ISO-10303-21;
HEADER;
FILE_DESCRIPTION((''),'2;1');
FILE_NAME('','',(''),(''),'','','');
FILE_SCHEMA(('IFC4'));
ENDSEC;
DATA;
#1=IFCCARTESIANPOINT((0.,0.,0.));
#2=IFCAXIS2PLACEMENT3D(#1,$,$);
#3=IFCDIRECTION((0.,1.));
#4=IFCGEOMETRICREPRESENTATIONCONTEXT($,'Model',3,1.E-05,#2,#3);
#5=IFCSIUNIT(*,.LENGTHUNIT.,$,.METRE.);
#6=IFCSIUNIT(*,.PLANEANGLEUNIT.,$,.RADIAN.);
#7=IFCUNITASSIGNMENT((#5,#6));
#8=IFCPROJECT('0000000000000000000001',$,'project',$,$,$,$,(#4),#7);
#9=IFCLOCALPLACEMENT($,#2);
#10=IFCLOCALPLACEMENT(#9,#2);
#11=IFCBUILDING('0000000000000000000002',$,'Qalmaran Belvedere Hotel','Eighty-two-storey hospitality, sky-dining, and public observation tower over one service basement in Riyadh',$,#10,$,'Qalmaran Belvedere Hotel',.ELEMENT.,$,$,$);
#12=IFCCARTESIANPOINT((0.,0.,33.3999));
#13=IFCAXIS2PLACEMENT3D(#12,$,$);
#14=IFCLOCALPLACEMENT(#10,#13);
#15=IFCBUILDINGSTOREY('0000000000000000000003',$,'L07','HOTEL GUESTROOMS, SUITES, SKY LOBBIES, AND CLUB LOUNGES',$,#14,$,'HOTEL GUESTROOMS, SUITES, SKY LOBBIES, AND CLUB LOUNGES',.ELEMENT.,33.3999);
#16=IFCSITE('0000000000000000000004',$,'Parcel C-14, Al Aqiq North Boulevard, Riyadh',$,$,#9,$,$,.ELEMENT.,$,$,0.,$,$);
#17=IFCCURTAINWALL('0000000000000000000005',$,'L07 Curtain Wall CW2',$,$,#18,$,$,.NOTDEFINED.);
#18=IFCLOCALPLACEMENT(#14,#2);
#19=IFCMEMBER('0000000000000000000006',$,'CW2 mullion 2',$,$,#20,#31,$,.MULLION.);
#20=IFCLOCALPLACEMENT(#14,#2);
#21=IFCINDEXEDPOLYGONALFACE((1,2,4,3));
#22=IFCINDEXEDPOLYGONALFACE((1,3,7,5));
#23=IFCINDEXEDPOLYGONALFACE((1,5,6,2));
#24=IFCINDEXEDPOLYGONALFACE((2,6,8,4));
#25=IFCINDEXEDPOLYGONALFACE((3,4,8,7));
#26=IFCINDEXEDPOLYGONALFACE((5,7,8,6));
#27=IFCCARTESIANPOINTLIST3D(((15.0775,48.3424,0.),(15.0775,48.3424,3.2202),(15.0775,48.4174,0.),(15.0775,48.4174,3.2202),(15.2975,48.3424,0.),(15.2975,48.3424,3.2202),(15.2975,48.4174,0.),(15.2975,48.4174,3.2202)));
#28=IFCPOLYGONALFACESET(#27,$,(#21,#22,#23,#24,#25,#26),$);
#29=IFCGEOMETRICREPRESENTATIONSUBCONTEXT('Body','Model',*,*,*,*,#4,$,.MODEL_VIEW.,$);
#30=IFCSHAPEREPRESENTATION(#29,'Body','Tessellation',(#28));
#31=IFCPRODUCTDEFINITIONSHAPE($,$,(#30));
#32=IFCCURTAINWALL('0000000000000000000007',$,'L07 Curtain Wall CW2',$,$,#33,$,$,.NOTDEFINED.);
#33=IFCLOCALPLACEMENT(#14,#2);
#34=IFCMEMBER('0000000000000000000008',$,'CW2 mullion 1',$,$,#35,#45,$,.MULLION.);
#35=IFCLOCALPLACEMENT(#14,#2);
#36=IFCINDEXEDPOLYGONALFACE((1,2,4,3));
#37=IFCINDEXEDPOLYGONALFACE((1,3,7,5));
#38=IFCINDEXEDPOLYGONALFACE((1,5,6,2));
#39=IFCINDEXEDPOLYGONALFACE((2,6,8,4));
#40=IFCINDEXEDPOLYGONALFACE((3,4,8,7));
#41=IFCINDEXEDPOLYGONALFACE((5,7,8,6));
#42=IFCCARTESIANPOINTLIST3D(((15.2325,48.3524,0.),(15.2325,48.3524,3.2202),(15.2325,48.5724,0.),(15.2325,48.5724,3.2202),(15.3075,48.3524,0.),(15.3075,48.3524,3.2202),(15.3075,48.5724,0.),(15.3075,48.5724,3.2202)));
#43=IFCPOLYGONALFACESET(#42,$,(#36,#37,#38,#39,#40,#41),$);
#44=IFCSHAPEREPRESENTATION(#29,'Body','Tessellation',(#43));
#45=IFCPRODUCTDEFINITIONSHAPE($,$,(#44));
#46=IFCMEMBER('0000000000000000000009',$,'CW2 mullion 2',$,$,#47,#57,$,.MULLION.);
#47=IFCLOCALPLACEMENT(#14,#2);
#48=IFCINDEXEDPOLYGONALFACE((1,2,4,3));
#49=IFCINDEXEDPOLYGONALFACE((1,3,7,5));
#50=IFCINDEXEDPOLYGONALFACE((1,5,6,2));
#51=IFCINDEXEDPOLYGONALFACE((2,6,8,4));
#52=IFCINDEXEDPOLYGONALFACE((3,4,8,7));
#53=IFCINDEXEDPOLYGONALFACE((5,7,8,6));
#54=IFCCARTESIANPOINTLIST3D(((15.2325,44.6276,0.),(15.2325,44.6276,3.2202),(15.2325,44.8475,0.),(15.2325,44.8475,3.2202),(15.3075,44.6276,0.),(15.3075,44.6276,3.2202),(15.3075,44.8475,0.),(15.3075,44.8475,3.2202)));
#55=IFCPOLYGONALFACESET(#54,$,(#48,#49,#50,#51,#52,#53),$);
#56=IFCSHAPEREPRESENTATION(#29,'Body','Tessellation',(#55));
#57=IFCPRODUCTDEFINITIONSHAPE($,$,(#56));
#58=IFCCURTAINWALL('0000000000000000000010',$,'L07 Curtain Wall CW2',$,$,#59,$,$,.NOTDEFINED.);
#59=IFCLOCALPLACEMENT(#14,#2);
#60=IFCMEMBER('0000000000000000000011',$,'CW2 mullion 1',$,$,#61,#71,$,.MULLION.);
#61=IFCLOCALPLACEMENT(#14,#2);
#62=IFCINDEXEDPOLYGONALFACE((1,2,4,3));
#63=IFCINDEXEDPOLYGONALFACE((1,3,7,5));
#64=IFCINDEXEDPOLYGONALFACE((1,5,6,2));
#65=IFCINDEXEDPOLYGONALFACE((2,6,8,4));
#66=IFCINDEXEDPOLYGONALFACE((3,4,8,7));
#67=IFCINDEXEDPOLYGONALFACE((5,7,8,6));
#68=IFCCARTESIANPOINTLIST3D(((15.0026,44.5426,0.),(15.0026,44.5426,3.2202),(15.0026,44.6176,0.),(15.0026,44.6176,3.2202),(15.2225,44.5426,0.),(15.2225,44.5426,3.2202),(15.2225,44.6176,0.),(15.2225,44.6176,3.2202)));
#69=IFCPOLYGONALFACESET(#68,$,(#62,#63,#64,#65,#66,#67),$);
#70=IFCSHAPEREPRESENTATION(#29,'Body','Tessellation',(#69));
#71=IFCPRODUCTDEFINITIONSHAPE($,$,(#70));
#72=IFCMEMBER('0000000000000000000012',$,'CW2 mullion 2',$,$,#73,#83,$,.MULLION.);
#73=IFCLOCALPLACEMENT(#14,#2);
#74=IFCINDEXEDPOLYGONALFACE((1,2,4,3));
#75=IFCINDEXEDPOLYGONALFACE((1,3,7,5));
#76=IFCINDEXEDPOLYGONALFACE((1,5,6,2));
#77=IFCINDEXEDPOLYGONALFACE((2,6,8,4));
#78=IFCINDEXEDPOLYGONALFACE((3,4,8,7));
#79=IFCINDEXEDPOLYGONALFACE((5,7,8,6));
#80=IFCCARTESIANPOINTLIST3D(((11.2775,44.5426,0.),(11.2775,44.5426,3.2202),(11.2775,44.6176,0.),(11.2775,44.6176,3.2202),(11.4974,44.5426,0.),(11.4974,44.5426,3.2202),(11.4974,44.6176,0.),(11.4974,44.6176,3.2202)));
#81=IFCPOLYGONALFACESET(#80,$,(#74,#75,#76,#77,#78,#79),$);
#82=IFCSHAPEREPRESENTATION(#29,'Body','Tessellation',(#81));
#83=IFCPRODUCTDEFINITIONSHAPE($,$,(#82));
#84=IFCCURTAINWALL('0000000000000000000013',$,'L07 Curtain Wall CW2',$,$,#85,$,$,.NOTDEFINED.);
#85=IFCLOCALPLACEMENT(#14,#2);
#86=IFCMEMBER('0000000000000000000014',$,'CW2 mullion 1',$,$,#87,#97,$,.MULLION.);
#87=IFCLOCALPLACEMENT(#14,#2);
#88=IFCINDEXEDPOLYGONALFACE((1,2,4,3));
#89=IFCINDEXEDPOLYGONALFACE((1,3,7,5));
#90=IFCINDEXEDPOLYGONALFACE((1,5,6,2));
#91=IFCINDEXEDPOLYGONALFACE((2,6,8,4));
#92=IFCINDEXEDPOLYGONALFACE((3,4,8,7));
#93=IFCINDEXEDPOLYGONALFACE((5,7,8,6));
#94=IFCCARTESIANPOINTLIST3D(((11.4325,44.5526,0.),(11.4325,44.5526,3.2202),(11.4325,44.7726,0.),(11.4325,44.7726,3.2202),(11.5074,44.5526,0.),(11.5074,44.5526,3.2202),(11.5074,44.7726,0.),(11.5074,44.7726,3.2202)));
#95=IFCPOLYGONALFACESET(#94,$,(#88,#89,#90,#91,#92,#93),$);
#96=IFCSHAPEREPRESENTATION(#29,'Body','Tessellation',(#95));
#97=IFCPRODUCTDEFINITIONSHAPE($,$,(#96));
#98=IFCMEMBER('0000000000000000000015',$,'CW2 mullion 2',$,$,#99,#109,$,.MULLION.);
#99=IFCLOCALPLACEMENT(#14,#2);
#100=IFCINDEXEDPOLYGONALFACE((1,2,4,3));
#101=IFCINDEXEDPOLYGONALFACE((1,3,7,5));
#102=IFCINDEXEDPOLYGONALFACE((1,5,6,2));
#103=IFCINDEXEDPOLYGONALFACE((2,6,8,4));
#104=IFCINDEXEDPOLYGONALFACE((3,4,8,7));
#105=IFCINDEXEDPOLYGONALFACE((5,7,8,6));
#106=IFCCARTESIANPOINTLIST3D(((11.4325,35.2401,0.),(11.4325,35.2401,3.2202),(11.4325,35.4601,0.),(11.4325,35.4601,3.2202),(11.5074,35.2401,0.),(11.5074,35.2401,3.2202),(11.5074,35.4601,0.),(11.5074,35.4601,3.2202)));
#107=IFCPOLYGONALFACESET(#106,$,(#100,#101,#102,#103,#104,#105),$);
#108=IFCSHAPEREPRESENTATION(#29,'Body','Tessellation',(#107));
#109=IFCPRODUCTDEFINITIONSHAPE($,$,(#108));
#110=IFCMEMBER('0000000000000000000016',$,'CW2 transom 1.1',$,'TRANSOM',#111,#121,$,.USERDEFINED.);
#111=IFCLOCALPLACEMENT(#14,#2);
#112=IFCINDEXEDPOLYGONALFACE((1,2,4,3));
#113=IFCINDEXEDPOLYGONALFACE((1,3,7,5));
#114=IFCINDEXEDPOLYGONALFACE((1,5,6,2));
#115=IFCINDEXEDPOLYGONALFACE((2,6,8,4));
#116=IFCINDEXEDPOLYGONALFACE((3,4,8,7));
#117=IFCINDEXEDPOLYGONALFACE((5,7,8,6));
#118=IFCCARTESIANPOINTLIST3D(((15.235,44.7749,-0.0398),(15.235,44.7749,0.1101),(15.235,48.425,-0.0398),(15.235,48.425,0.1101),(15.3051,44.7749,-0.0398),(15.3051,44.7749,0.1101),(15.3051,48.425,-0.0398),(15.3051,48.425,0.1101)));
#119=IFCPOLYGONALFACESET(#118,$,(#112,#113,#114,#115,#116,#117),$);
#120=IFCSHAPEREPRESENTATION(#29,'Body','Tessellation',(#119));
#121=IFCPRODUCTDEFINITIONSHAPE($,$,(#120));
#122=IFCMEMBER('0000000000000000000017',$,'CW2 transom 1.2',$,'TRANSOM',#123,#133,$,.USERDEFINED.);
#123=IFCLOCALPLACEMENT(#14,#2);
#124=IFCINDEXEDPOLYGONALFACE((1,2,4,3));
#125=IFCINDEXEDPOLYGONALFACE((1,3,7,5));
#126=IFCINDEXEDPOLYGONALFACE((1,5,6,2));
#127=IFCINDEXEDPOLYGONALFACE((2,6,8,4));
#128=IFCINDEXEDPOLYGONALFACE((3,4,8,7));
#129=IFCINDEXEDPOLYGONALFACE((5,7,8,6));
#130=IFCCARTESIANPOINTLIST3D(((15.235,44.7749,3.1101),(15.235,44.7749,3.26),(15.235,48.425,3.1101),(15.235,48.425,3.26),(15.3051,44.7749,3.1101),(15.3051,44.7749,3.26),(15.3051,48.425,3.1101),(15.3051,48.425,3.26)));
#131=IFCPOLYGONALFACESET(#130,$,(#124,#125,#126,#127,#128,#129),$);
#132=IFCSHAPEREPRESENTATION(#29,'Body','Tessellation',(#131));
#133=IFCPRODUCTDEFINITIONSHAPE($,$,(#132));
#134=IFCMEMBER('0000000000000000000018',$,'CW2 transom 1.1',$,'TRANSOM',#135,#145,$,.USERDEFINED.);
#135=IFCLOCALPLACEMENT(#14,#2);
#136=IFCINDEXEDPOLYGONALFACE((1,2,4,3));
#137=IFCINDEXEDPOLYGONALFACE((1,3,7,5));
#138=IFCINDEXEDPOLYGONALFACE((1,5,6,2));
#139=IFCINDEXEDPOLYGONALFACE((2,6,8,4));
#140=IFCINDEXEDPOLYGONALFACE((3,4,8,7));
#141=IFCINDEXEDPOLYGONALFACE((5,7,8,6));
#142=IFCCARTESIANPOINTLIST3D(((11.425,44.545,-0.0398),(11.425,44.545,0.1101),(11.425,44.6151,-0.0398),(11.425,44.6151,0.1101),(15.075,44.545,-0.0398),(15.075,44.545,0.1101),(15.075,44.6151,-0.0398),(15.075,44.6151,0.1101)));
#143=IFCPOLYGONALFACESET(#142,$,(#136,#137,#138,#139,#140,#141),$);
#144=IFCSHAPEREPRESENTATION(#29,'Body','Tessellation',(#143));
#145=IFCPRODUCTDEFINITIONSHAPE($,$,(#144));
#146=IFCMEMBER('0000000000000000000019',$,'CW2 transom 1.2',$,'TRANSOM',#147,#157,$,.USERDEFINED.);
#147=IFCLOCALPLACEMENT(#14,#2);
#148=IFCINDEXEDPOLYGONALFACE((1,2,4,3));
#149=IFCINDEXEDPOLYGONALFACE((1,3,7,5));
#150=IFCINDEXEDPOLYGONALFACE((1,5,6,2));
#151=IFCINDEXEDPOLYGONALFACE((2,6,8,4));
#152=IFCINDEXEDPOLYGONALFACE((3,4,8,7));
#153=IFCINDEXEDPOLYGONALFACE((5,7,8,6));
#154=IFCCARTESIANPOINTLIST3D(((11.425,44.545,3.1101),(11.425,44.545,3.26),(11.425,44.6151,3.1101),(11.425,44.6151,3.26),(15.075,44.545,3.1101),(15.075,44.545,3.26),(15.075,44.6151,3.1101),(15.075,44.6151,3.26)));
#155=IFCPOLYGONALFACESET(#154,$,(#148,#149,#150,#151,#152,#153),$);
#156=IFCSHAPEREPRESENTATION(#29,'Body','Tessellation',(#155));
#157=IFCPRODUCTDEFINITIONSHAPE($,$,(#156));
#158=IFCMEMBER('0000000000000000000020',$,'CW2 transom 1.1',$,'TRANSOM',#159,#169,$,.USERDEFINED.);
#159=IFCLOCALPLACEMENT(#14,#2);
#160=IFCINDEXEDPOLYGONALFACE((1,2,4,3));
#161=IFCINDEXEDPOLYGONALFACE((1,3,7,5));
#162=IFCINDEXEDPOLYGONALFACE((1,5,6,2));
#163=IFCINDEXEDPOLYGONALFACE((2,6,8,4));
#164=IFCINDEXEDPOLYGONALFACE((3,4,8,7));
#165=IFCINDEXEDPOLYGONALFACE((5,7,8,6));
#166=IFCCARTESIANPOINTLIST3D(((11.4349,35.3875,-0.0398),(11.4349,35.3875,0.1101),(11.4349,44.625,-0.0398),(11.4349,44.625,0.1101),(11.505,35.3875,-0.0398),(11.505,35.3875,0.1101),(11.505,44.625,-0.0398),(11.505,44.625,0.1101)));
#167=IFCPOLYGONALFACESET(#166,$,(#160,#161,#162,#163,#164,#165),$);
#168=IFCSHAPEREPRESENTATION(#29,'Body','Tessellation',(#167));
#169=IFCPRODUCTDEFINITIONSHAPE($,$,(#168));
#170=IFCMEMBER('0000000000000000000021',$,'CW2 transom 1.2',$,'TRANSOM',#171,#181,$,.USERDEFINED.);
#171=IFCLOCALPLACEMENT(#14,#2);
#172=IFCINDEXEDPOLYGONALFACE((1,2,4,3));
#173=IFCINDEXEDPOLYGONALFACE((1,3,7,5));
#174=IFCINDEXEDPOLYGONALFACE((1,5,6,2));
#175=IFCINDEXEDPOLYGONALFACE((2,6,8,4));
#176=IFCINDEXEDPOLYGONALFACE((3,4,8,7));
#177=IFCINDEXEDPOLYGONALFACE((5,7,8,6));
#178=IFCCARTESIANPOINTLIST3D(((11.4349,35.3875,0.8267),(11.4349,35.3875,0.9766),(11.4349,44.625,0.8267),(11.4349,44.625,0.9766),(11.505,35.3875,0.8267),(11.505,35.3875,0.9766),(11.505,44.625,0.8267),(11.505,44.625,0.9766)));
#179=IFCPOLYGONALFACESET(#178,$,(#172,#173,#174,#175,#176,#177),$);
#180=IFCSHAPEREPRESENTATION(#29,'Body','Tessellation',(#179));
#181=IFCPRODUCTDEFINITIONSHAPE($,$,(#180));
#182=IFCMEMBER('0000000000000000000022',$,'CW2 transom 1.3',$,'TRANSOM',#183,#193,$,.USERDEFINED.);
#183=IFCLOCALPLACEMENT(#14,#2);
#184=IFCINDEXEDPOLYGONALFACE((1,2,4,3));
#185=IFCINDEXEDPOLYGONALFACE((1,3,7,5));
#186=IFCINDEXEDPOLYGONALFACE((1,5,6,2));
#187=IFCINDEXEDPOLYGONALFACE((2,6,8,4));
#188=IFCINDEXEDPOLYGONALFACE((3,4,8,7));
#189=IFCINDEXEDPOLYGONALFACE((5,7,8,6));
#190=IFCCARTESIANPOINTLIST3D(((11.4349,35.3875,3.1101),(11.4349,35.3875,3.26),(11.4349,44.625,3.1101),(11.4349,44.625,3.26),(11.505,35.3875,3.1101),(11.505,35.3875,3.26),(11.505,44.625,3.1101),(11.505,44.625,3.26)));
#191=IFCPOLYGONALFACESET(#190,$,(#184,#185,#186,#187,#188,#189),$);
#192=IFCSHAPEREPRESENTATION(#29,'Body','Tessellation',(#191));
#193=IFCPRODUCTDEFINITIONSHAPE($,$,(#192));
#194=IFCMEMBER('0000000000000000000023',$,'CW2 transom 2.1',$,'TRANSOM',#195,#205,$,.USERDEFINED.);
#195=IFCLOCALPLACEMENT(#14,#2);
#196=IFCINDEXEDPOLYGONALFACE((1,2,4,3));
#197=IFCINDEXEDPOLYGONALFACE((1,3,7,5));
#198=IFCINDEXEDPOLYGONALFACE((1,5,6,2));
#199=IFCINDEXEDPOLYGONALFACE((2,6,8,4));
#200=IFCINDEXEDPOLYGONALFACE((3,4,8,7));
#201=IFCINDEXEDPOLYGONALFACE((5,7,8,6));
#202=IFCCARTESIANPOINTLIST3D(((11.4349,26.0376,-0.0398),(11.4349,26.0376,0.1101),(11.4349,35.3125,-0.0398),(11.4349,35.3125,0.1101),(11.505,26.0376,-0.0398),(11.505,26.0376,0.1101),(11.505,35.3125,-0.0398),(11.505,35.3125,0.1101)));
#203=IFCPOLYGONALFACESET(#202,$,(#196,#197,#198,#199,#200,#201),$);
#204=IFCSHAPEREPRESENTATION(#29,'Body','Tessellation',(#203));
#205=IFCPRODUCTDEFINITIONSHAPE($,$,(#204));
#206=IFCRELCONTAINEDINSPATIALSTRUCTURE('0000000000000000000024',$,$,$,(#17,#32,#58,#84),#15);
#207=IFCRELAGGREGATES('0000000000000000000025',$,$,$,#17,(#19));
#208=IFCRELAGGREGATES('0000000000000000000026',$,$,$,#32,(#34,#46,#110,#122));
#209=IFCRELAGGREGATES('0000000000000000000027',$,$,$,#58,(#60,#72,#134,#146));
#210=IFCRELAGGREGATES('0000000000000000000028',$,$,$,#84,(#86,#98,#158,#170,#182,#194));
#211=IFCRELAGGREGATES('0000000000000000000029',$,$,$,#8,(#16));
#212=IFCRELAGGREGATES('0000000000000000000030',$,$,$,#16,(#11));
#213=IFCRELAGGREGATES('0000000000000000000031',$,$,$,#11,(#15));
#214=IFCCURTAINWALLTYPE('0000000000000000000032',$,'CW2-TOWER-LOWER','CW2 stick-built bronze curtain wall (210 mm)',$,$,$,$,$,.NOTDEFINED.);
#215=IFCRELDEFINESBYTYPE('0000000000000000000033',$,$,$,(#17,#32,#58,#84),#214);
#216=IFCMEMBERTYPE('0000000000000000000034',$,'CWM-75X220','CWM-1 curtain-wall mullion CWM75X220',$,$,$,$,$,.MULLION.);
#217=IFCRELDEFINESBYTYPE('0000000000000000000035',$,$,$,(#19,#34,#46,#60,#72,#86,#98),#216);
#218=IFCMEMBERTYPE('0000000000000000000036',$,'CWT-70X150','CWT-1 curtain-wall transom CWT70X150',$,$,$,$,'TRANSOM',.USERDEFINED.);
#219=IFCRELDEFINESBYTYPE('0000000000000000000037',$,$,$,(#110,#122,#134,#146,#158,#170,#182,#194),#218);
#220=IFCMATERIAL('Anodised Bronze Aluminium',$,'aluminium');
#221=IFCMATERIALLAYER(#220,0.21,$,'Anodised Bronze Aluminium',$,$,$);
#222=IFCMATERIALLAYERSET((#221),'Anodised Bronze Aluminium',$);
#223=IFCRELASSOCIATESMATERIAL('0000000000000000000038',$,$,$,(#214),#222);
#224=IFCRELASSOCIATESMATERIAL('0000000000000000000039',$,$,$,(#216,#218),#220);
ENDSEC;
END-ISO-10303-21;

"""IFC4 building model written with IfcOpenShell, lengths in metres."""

from ifc_helpers import new_model, si_unit, direction, frame, origin, origin_2d, place, context, subcontext, project, spatial, rectangle, extrude, material, layer, layer_set, material_profile, profile_set, type_object, element, aggregate, save


model = new_model("IFC4")

# Units and contexts
model_context = context("Model", 3, precision=1e-05, world=origin(), true_north=direction((0.0, 1.0)))
body_context = subcontext(model_context, "Body", "Model", "MODEL_VIEW")
ifc_project = project(units=[si_unit("LENGTHUNIT", "METRE"), si_unit("PLANEANGLEUNIT", "RADIAN")], contexts=[model_context])

# Site, building, storey
site_placement = place(None, origin())
site = spatial("IfcSite", under=ifc_project, at=site_placement, Name="Parcel C-14, Al Aqiq North Boulevard, Riyadh", CompositionType="ELEMENT", RefElevation=0.0)
building_placement = place(site_placement, origin())
building = spatial("IfcBuilding", under=site, at=building_placement, Name="Qalmaran Belvedere Hotel", Description="Eighty-two-storey hospitality, sky-dining, and public observation tower over one service basement in Riyadh", LongName="Qalmaran Belvedere Hotel", CompositionType="ELEMENT")
storey_placement = place(building_placement, frame((0.0, 0.0, 33.3999)))
storey = spatial("IfcBuildingStorey", under=building, at=storey_placement, Name="L07", Description="HOTEL GUESTROOMS, SUITES, SKY LOBBIES, AND CLUB LOUNGES", LongName="HOTEL GUESTROOMS, SUITES, SKY LOBBIES, AND CLUB LOUNGES", CompositionType="ELEMENT", Elevation=33.3999)

# Curtain wall, member
ifc_material_1 = material(Name="Anodised Bronze Aluminium", Category="aluminium")
ifc_layer_1 = layer(ifc_material_1, 0.21, Name="Anodised Bronze Aluminium")
ifc_layer_set_1 = layer_set([ifc_layer_1], Name="Anodised Bronze Aluminium")
curtain_wall_type = type_object("IfcCurtainWallType", Name="CW2-TOWER-LOWER", Description="CW2 stick-built bronze curtain wall (210 mm)", PredefinedType="NOTDEFINED", material=ifc_layer_set_1)
curtain_wall_1_placement = place(storey_placement, origin())
curtain_wall_1 = element("IfcCurtainWall", 1, at=curtain_wall_1_placement, inside=storey, type_object=curtain_wall_type, Name="L07 Curtain Wall CW2", PredefinedType="NOTDEFINED")
ifc_material_profile_1 = material_profile(ifc_material_1, rectangle(XDim=0.075, YDim=0.22, at=origin_2d()), Name="CWM75X220")
ifc_profile_set_1 = profile_set([ifc_material_profile_1], Name="Anodised Bronze Aluminium")
member_type_1 = type_object("IfcMemberType", Name="CWM-75X220", Description="CWM-1 curtain-wall mullion CWM75X220", PredefinedType="MULLION", material=ifc_profile_set_1)
member_1_placement = place(storey_placement, frame((15.1875, 48.3799, 0.0), z_axis=(0.0, 0.0, 1.0), x_axis=(0.0, -1.0, 0.0)))
member_1 = element("IfcMember", 2, at=member_1_placement, type_object=member_type_1, Name="CW2 mullion 2", PredefinedType="MULLION", context=body_context, shape_type="SweptSolid", body=[
    extrude(rectangle(XDim=0.075, YDim=0.22, at=origin_2d()), origin(), (0.0, 0.0, 1.0), 3.2202),
])

# Curtain walls, members
curtain_wall_2_placement = place(storey_placement, origin())
curtain_wall_2 = element("IfcCurtainWall", 3, at=curtain_wall_2_placement, inside=storey, type_object=curtain_wall_type, Name="L07 Curtain Wall CW2", PredefinedType="NOTDEFINED")
member_2_placement = place(storey_placement, frame((15.27, 48.4624, 0.0), z_axis=(0.0, 0.0, 1.0), x_axis=(1.0, 0.0, 0.0)))
member_2 = element("IfcMember", 4, at=member_2_placement, type_object=member_type_1, Name="CW2 mullion 1", PredefinedType="MULLION", context=body_context, shape_type="SweptSolid", body=[
    extrude(rectangle(XDim=0.075, YDim=0.22, at=origin_2d()), origin(), (0.0, 0.0, 1.0), 3.2202),
])
member_3_placement = place(storey_placement, frame((15.27, 44.7375, 0.0), z_axis=(0.0, 0.0, 1.0), x_axis=(1.0, 0.0, 0.0)))
member_3 = element("IfcMember", 5, at=member_3_placement, type_object=member_type_1, Name="CW2 mullion 2", PredefinedType="MULLION", context=body_context, shape_type="SweptSolid", body=[
    extrude(rectangle(XDim=0.075, YDim=0.22, at=origin_2d()), origin(), (0.0, 0.0, 1.0), 3.2202),
])
curtain_wall_3_placement = place(storey_placement, origin())
curtain_wall_3 = element("IfcCurtainWall", 6, at=curtain_wall_3_placement, inside=storey, type_object=curtain_wall_type, Name="L07 Curtain Wall CW2", PredefinedType="NOTDEFINED")
member_4_placement = place(storey_placement, frame((15.1125, 44.5801, 0.0), z_axis=(0.0, 0.0, 1.0), x_axis=(0.0, -1.0, 0.0)))
member_4 = element("IfcMember", 7, at=member_4_placement, type_object=member_type_1, Name="CW2 mullion 1", PredefinedType="MULLION", context=body_context, shape_type="SweptSolid", body=[
    extrude(rectangle(XDim=0.075, YDim=0.22, at=origin_2d()), origin(), (0.0, 0.0, 1.0), 3.2202),
])
member_5_placement = place(storey_placement, frame((11.3875, 44.5801, 0.0), z_axis=(0.0, 0.0, 1.0), x_axis=(0.0, -1.0, 0.0)))
member_5 = element("IfcMember", 8, at=member_5_placement, type_object=member_type_1, Name="CW2 mullion 2", PredefinedType="MULLION", context=body_context, shape_type="SweptSolid", body=[
    extrude(rectangle(XDim=0.075, YDim=0.22, at=origin_2d()), origin(), (0.0, 0.0, 1.0), 3.2202),
])
curtain_wall_4_placement = place(storey_placement, origin())
curtain_wall_4 = element("IfcCurtainWall", 9, at=curtain_wall_4_placement, inside=storey, type_object=curtain_wall_type, Name="L07 Curtain Wall CW2", PredefinedType="NOTDEFINED")
member_6_placement = place(storey_placement, frame((11.47, 44.6626, 0.0), z_axis=(0.0, 0.0, 1.0), x_axis=(1.0, 0.0, 0.0)))
member_6 = element("IfcMember", 10, at=member_6_placement, type_object=member_type_1, Name="CW2 mullion 1", PredefinedType="MULLION", context=body_context, shape_type="SweptSolid", body=[
    extrude(rectangle(XDim=0.075, YDim=0.22, at=origin_2d()), origin(), (0.0, 0.0, 1.0), 3.2202),
])
member_7_placement = place(storey_placement, frame((11.47, 35.3501, 0.0), z_axis=(0.0, 0.0, 1.0), x_axis=(1.0, 0.0, 0.0)))
member_7 = element("IfcMember", 11, at=member_7_placement, type_object=member_type_1, Name="CW2 mullion 2", PredefinedType="MULLION", context=body_context, shape_type="SweptSolid", body=[
    extrude(rectangle(XDim=0.075, YDim=0.22, at=origin_2d()), origin(), (0.0, 0.0, 1.0), 3.2202),
])

# Members
ifc_material_profile_2 = material_profile(ifc_material_1, rectangle(XDim=0.0701, YDim=0.1499, at=origin_2d()), Name="CWT70X150")
ifc_profile_set_2 = profile_set([ifc_material_profile_2], Name="Anodised Bronze Aluminium")
member_type_2 = type_object("IfcMemberType", Name="CWT-70X150", Description="CWT-1 curtain-wall transom CWT70X150", ElementType="TRANSOM", PredefinedType="USERDEFINED", material=ifc_profile_set_2)
member_8_placement = place(storey_placement, frame((15.27, 48.425, 0.0352), z_axis=(0.0, -1.0, 0.0), x_axis=(1.0, 0.0, 0.0)))
member_8 = element("IfcMember", 12, at=member_8_placement, type_object=member_type_2, Name="CW2 transom 1.1", ObjectType="TRANSOM", PredefinedType="USERDEFINED", context=body_context, shape_type="SweptSolid", body=[
    extrude(rectangle(XDim=0.0701, YDim=0.1499, at=origin_2d()), origin(), (0.0, 0.0, 1.0), 3.6501),
])
member_9_placement = place(storey_placement, frame((15.27, 48.425, 3.1851), z_axis=(0.0, -1.0, 0.0), x_axis=(1.0, 0.0, 0.0)))
member_9 = element("IfcMember", 13, at=member_9_placement, type_object=member_type_2, Name="CW2 transom 1.2", ObjectType="TRANSOM", PredefinedType="USERDEFINED", context=body_context, shape_type="SweptSolid", body=[
    extrude(rectangle(XDim=0.0701, YDim=0.1499, at=origin_2d()), origin(), (0.0, 0.0, 1.0), 3.6501),
])
member_10_placement = place(storey_placement, frame((15.075, 44.5801, 0.0352), z_axis=(-1.0, 0.0, 0.0), x_axis=(0.0, -1.0, 0.0)))
member_10 = element("IfcMember", 14, at=member_10_placement, type_object=member_type_2, Name="CW2 transom 1.1", ObjectType="TRANSOM", PredefinedType="USERDEFINED", context=body_context, shape_type="SweptSolid", body=[
    extrude(rectangle(XDim=0.0701, YDim=0.1499, at=origin_2d()), origin(), (0.0, 0.0, 1.0), 3.6499),
])
member_11_placement = place(storey_placement, frame((15.075, 44.5801, 3.1851), z_axis=(-1.0, 0.0, 0.0), x_axis=(0.0, -1.0, 0.0)))
member_11 = element("IfcMember", 15, at=member_11_placement, type_object=member_type_2, Name="CW2 transom 1.2", ObjectType="TRANSOM", PredefinedType="USERDEFINED", context=body_context, shape_type="SweptSolid", body=[
    extrude(rectangle(XDim=0.0701, YDim=0.1499, at=origin_2d()), origin(), (0.0, 0.0, 1.0), 3.6499),
])
member_12_placement = place(storey_placement, frame((11.47, 44.625, 0.0352), z_axis=(0.0, -1.0, 0.0), x_axis=(1.0, 0.0, 0.0)))
member_12 = element("IfcMember", 16, at=member_12_placement, type_object=member_type_2, Name="CW2 transom 1.1", ObjectType="TRANSOM", PredefinedType="USERDEFINED", context=body_context, shape_type="SweptSolid", body=[
    extrude(rectangle(XDim=0.0701, YDim=0.1499, at=origin_2d()), origin(), (0.0, 0.0, 1.0), 9.2375),
])
member_13_placement = place(storey_placement, frame((11.47, 44.625, 0.9016), z_axis=(0.0, -1.0, 0.0), x_axis=(1.0, 0.0, 0.0)))
member_13 = element("IfcMember", 17, at=member_13_placement, type_object=member_type_2, Name="CW2 transom 1.2", ObjectType="TRANSOM", PredefinedType="USERDEFINED", context=body_context, shape_type="SweptSolid", body=[
    extrude(rectangle(XDim=0.0701, YDim=0.1499, at=origin_2d()), origin(), (0.0, 0.0, 1.0), 9.2375),
])
member_14_placement = place(storey_placement, frame((11.47, 44.625, 3.1851), z_axis=(0.0, -1.0, 0.0), x_axis=(1.0, 0.0, 0.0)))
member_14 = element("IfcMember", 18, at=member_14_placement, type_object=member_type_2, Name="CW2 transom 1.3", ObjectType="TRANSOM", PredefinedType="USERDEFINED", context=body_context, shape_type="SweptSolid", body=[
    extrude(rectangle(XDim=0.0701, YDim=0.1499, at=origin_2d()), origin(), (0.0, 0.0, 1.0), 9.2375),
])
member_15_placement = place(storey_placement, frame((11.47, 35.3125, 0.0352), z_axis=(0.0, -1.0, 0.0), x_axis=(1.0, 0.0, 0.0)))
member_15 = element("IfcMember", 19, at=member_15_placement, type_object=member_type_2, Name="CW2 transom 2.1", ObjectType="TRANSOM", PredefinedType="USERDEFINED", context=body_context, shape_type="SweptSolid", body=[
    extrude(rectangle(XDim=0.0701, YDim=0.1499, at=origin_2d()), origin(), (0.0, 0.0, 1.0), 9.2749),
])

aggregate(curtain_wall_1, [member_1])
aggregate(curtain_wall_2, [member_2, member_3, member_8, member_9])
aggregate(curtain_wall_3, [member_4, member_5, member_10, member_11])
aggregate(curtain_wall_4, [member_6, member_7, member_12, member_13, member_14, member_15])

save(model, "model.ifc")
